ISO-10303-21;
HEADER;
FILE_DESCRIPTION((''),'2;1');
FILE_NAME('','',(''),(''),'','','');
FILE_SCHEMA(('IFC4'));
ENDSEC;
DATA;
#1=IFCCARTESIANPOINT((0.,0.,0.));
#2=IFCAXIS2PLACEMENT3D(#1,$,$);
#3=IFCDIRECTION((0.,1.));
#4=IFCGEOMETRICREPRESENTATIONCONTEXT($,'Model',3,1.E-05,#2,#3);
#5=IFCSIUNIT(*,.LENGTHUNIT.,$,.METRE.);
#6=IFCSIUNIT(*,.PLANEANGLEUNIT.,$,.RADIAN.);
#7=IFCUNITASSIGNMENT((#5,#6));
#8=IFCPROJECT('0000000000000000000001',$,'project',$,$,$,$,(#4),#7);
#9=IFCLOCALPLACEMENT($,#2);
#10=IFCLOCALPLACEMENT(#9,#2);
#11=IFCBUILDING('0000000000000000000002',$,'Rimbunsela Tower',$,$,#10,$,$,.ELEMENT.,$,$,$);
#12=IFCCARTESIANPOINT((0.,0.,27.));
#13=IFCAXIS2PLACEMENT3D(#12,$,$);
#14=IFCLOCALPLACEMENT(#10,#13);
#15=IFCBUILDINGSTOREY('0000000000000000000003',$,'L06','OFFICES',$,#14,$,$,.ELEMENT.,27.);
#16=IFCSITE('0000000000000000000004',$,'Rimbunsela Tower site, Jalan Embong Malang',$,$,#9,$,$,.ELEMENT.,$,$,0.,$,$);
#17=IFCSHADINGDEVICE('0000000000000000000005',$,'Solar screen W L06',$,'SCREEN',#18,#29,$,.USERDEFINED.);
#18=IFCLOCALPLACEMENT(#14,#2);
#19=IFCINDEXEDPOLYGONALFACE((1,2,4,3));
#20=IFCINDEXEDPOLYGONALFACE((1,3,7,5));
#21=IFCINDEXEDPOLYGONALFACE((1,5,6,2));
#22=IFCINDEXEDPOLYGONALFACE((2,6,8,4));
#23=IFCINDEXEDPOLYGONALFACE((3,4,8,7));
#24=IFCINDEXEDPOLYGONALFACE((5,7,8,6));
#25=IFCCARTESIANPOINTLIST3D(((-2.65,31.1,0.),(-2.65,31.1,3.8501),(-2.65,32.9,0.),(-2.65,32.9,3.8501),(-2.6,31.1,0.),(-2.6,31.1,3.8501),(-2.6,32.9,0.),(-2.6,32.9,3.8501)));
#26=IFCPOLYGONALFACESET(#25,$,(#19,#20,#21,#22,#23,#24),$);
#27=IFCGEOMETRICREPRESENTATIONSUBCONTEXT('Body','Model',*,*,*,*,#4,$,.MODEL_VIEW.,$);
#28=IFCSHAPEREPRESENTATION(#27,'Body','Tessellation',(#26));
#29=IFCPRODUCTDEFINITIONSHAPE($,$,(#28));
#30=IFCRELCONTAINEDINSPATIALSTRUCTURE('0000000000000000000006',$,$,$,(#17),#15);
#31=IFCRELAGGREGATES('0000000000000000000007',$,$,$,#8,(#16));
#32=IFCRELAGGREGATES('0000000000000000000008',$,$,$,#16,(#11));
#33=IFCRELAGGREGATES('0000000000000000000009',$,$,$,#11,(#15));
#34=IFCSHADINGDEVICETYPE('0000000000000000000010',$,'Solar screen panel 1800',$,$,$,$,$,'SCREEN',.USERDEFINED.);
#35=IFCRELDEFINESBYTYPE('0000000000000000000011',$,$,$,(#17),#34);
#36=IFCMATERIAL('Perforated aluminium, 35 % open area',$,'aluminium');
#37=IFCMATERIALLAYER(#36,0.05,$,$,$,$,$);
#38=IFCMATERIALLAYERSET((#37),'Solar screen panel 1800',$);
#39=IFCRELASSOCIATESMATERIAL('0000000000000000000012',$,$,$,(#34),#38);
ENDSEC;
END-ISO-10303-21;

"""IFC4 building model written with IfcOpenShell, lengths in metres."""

from ifc_helpers import new_model, si_unit, direction, frame, origin, origin_2d, place, context, subcontext, project, spatial, rectangle, extrude, material, layer, layer_set, type_object, element, save


model = new_model("IFC4")

# Units and contexts
model_context = context("Model", 3, precision=1e-05, world=origin(), true_north=direction((0.0, 1.0)))
body_context = subcontext(model_context, "Body", "Model", "MODEL_VIEW")
ifc_project = project(units=[si_unit("LENGTHUNIT", "METRE"), si_unit("PLANEANGLEUNIT", "RADIAN")], contexts=[model_context])

# Site, building, storey
site_placement = place(None, origin())
site = spatial("IfcSite", under=ifc_project, at=site_placement, Name="Rimbunsela Tower site, Jalan Embong Malang", CompositionType="ELEMENT", RefElevation=0.0)
building_placement = place(site_placement, origin())
building = spatial("IfcBuilding", under=site, at=building_placement, Name="Rimbunsela Tower", CompositionType="ELEMENT")
storey_placement = place(building_placement, frame((0.0, 0.0, 27.0)))
storey = spatial("IfcBuildingStorey", under=building, at=storey_placement, Name="L06", Description="OFFICES", CompositionType="ELEMENT", Elevation=27.0)

# Shading device
ifc_material_1 = material(Name="Perforated aluminium, 35 % open area", Category="aluminium")
ifc_layer_1 = layer(ifc_material_1, 0.05)
ifc_layer_set_1 = layer_set([ifc_layer_1], Name="Solar screen panel 1800")
shading_device_type = type_object("IfcShadingDeviceType", Name="Solar screen panel 1800", ElementType="SCREEN", PredefinedType="USERDEFINED", material=ifc_layer_set_1)
for number, where, z_axis, x_axis, name in (
    (1, (-2.625, 32.0, 0.0), (0.0, 0.0, 1.0), (0.0, 1.0, 0.0), "Solar screen W L06"),
):
    element("IfcShadingDevice", number, at=place(storey_placement, frame(where, z_axis=z_axis, x_axis=x_axis)), inside=storey, type_object=shading_device_type, Name=name, ObjectType="SCREEN", PredefinedType="USERDEFINED", context=body_context, shape_type="SweptSolid", body=[
        extrude(rectangle(XDim=1.8, YDim=0.05, at=origin_2d()), origin(), (0.0, 0.0, 1.0), 3.8501),
    ])

save(model, "model.ifc")
